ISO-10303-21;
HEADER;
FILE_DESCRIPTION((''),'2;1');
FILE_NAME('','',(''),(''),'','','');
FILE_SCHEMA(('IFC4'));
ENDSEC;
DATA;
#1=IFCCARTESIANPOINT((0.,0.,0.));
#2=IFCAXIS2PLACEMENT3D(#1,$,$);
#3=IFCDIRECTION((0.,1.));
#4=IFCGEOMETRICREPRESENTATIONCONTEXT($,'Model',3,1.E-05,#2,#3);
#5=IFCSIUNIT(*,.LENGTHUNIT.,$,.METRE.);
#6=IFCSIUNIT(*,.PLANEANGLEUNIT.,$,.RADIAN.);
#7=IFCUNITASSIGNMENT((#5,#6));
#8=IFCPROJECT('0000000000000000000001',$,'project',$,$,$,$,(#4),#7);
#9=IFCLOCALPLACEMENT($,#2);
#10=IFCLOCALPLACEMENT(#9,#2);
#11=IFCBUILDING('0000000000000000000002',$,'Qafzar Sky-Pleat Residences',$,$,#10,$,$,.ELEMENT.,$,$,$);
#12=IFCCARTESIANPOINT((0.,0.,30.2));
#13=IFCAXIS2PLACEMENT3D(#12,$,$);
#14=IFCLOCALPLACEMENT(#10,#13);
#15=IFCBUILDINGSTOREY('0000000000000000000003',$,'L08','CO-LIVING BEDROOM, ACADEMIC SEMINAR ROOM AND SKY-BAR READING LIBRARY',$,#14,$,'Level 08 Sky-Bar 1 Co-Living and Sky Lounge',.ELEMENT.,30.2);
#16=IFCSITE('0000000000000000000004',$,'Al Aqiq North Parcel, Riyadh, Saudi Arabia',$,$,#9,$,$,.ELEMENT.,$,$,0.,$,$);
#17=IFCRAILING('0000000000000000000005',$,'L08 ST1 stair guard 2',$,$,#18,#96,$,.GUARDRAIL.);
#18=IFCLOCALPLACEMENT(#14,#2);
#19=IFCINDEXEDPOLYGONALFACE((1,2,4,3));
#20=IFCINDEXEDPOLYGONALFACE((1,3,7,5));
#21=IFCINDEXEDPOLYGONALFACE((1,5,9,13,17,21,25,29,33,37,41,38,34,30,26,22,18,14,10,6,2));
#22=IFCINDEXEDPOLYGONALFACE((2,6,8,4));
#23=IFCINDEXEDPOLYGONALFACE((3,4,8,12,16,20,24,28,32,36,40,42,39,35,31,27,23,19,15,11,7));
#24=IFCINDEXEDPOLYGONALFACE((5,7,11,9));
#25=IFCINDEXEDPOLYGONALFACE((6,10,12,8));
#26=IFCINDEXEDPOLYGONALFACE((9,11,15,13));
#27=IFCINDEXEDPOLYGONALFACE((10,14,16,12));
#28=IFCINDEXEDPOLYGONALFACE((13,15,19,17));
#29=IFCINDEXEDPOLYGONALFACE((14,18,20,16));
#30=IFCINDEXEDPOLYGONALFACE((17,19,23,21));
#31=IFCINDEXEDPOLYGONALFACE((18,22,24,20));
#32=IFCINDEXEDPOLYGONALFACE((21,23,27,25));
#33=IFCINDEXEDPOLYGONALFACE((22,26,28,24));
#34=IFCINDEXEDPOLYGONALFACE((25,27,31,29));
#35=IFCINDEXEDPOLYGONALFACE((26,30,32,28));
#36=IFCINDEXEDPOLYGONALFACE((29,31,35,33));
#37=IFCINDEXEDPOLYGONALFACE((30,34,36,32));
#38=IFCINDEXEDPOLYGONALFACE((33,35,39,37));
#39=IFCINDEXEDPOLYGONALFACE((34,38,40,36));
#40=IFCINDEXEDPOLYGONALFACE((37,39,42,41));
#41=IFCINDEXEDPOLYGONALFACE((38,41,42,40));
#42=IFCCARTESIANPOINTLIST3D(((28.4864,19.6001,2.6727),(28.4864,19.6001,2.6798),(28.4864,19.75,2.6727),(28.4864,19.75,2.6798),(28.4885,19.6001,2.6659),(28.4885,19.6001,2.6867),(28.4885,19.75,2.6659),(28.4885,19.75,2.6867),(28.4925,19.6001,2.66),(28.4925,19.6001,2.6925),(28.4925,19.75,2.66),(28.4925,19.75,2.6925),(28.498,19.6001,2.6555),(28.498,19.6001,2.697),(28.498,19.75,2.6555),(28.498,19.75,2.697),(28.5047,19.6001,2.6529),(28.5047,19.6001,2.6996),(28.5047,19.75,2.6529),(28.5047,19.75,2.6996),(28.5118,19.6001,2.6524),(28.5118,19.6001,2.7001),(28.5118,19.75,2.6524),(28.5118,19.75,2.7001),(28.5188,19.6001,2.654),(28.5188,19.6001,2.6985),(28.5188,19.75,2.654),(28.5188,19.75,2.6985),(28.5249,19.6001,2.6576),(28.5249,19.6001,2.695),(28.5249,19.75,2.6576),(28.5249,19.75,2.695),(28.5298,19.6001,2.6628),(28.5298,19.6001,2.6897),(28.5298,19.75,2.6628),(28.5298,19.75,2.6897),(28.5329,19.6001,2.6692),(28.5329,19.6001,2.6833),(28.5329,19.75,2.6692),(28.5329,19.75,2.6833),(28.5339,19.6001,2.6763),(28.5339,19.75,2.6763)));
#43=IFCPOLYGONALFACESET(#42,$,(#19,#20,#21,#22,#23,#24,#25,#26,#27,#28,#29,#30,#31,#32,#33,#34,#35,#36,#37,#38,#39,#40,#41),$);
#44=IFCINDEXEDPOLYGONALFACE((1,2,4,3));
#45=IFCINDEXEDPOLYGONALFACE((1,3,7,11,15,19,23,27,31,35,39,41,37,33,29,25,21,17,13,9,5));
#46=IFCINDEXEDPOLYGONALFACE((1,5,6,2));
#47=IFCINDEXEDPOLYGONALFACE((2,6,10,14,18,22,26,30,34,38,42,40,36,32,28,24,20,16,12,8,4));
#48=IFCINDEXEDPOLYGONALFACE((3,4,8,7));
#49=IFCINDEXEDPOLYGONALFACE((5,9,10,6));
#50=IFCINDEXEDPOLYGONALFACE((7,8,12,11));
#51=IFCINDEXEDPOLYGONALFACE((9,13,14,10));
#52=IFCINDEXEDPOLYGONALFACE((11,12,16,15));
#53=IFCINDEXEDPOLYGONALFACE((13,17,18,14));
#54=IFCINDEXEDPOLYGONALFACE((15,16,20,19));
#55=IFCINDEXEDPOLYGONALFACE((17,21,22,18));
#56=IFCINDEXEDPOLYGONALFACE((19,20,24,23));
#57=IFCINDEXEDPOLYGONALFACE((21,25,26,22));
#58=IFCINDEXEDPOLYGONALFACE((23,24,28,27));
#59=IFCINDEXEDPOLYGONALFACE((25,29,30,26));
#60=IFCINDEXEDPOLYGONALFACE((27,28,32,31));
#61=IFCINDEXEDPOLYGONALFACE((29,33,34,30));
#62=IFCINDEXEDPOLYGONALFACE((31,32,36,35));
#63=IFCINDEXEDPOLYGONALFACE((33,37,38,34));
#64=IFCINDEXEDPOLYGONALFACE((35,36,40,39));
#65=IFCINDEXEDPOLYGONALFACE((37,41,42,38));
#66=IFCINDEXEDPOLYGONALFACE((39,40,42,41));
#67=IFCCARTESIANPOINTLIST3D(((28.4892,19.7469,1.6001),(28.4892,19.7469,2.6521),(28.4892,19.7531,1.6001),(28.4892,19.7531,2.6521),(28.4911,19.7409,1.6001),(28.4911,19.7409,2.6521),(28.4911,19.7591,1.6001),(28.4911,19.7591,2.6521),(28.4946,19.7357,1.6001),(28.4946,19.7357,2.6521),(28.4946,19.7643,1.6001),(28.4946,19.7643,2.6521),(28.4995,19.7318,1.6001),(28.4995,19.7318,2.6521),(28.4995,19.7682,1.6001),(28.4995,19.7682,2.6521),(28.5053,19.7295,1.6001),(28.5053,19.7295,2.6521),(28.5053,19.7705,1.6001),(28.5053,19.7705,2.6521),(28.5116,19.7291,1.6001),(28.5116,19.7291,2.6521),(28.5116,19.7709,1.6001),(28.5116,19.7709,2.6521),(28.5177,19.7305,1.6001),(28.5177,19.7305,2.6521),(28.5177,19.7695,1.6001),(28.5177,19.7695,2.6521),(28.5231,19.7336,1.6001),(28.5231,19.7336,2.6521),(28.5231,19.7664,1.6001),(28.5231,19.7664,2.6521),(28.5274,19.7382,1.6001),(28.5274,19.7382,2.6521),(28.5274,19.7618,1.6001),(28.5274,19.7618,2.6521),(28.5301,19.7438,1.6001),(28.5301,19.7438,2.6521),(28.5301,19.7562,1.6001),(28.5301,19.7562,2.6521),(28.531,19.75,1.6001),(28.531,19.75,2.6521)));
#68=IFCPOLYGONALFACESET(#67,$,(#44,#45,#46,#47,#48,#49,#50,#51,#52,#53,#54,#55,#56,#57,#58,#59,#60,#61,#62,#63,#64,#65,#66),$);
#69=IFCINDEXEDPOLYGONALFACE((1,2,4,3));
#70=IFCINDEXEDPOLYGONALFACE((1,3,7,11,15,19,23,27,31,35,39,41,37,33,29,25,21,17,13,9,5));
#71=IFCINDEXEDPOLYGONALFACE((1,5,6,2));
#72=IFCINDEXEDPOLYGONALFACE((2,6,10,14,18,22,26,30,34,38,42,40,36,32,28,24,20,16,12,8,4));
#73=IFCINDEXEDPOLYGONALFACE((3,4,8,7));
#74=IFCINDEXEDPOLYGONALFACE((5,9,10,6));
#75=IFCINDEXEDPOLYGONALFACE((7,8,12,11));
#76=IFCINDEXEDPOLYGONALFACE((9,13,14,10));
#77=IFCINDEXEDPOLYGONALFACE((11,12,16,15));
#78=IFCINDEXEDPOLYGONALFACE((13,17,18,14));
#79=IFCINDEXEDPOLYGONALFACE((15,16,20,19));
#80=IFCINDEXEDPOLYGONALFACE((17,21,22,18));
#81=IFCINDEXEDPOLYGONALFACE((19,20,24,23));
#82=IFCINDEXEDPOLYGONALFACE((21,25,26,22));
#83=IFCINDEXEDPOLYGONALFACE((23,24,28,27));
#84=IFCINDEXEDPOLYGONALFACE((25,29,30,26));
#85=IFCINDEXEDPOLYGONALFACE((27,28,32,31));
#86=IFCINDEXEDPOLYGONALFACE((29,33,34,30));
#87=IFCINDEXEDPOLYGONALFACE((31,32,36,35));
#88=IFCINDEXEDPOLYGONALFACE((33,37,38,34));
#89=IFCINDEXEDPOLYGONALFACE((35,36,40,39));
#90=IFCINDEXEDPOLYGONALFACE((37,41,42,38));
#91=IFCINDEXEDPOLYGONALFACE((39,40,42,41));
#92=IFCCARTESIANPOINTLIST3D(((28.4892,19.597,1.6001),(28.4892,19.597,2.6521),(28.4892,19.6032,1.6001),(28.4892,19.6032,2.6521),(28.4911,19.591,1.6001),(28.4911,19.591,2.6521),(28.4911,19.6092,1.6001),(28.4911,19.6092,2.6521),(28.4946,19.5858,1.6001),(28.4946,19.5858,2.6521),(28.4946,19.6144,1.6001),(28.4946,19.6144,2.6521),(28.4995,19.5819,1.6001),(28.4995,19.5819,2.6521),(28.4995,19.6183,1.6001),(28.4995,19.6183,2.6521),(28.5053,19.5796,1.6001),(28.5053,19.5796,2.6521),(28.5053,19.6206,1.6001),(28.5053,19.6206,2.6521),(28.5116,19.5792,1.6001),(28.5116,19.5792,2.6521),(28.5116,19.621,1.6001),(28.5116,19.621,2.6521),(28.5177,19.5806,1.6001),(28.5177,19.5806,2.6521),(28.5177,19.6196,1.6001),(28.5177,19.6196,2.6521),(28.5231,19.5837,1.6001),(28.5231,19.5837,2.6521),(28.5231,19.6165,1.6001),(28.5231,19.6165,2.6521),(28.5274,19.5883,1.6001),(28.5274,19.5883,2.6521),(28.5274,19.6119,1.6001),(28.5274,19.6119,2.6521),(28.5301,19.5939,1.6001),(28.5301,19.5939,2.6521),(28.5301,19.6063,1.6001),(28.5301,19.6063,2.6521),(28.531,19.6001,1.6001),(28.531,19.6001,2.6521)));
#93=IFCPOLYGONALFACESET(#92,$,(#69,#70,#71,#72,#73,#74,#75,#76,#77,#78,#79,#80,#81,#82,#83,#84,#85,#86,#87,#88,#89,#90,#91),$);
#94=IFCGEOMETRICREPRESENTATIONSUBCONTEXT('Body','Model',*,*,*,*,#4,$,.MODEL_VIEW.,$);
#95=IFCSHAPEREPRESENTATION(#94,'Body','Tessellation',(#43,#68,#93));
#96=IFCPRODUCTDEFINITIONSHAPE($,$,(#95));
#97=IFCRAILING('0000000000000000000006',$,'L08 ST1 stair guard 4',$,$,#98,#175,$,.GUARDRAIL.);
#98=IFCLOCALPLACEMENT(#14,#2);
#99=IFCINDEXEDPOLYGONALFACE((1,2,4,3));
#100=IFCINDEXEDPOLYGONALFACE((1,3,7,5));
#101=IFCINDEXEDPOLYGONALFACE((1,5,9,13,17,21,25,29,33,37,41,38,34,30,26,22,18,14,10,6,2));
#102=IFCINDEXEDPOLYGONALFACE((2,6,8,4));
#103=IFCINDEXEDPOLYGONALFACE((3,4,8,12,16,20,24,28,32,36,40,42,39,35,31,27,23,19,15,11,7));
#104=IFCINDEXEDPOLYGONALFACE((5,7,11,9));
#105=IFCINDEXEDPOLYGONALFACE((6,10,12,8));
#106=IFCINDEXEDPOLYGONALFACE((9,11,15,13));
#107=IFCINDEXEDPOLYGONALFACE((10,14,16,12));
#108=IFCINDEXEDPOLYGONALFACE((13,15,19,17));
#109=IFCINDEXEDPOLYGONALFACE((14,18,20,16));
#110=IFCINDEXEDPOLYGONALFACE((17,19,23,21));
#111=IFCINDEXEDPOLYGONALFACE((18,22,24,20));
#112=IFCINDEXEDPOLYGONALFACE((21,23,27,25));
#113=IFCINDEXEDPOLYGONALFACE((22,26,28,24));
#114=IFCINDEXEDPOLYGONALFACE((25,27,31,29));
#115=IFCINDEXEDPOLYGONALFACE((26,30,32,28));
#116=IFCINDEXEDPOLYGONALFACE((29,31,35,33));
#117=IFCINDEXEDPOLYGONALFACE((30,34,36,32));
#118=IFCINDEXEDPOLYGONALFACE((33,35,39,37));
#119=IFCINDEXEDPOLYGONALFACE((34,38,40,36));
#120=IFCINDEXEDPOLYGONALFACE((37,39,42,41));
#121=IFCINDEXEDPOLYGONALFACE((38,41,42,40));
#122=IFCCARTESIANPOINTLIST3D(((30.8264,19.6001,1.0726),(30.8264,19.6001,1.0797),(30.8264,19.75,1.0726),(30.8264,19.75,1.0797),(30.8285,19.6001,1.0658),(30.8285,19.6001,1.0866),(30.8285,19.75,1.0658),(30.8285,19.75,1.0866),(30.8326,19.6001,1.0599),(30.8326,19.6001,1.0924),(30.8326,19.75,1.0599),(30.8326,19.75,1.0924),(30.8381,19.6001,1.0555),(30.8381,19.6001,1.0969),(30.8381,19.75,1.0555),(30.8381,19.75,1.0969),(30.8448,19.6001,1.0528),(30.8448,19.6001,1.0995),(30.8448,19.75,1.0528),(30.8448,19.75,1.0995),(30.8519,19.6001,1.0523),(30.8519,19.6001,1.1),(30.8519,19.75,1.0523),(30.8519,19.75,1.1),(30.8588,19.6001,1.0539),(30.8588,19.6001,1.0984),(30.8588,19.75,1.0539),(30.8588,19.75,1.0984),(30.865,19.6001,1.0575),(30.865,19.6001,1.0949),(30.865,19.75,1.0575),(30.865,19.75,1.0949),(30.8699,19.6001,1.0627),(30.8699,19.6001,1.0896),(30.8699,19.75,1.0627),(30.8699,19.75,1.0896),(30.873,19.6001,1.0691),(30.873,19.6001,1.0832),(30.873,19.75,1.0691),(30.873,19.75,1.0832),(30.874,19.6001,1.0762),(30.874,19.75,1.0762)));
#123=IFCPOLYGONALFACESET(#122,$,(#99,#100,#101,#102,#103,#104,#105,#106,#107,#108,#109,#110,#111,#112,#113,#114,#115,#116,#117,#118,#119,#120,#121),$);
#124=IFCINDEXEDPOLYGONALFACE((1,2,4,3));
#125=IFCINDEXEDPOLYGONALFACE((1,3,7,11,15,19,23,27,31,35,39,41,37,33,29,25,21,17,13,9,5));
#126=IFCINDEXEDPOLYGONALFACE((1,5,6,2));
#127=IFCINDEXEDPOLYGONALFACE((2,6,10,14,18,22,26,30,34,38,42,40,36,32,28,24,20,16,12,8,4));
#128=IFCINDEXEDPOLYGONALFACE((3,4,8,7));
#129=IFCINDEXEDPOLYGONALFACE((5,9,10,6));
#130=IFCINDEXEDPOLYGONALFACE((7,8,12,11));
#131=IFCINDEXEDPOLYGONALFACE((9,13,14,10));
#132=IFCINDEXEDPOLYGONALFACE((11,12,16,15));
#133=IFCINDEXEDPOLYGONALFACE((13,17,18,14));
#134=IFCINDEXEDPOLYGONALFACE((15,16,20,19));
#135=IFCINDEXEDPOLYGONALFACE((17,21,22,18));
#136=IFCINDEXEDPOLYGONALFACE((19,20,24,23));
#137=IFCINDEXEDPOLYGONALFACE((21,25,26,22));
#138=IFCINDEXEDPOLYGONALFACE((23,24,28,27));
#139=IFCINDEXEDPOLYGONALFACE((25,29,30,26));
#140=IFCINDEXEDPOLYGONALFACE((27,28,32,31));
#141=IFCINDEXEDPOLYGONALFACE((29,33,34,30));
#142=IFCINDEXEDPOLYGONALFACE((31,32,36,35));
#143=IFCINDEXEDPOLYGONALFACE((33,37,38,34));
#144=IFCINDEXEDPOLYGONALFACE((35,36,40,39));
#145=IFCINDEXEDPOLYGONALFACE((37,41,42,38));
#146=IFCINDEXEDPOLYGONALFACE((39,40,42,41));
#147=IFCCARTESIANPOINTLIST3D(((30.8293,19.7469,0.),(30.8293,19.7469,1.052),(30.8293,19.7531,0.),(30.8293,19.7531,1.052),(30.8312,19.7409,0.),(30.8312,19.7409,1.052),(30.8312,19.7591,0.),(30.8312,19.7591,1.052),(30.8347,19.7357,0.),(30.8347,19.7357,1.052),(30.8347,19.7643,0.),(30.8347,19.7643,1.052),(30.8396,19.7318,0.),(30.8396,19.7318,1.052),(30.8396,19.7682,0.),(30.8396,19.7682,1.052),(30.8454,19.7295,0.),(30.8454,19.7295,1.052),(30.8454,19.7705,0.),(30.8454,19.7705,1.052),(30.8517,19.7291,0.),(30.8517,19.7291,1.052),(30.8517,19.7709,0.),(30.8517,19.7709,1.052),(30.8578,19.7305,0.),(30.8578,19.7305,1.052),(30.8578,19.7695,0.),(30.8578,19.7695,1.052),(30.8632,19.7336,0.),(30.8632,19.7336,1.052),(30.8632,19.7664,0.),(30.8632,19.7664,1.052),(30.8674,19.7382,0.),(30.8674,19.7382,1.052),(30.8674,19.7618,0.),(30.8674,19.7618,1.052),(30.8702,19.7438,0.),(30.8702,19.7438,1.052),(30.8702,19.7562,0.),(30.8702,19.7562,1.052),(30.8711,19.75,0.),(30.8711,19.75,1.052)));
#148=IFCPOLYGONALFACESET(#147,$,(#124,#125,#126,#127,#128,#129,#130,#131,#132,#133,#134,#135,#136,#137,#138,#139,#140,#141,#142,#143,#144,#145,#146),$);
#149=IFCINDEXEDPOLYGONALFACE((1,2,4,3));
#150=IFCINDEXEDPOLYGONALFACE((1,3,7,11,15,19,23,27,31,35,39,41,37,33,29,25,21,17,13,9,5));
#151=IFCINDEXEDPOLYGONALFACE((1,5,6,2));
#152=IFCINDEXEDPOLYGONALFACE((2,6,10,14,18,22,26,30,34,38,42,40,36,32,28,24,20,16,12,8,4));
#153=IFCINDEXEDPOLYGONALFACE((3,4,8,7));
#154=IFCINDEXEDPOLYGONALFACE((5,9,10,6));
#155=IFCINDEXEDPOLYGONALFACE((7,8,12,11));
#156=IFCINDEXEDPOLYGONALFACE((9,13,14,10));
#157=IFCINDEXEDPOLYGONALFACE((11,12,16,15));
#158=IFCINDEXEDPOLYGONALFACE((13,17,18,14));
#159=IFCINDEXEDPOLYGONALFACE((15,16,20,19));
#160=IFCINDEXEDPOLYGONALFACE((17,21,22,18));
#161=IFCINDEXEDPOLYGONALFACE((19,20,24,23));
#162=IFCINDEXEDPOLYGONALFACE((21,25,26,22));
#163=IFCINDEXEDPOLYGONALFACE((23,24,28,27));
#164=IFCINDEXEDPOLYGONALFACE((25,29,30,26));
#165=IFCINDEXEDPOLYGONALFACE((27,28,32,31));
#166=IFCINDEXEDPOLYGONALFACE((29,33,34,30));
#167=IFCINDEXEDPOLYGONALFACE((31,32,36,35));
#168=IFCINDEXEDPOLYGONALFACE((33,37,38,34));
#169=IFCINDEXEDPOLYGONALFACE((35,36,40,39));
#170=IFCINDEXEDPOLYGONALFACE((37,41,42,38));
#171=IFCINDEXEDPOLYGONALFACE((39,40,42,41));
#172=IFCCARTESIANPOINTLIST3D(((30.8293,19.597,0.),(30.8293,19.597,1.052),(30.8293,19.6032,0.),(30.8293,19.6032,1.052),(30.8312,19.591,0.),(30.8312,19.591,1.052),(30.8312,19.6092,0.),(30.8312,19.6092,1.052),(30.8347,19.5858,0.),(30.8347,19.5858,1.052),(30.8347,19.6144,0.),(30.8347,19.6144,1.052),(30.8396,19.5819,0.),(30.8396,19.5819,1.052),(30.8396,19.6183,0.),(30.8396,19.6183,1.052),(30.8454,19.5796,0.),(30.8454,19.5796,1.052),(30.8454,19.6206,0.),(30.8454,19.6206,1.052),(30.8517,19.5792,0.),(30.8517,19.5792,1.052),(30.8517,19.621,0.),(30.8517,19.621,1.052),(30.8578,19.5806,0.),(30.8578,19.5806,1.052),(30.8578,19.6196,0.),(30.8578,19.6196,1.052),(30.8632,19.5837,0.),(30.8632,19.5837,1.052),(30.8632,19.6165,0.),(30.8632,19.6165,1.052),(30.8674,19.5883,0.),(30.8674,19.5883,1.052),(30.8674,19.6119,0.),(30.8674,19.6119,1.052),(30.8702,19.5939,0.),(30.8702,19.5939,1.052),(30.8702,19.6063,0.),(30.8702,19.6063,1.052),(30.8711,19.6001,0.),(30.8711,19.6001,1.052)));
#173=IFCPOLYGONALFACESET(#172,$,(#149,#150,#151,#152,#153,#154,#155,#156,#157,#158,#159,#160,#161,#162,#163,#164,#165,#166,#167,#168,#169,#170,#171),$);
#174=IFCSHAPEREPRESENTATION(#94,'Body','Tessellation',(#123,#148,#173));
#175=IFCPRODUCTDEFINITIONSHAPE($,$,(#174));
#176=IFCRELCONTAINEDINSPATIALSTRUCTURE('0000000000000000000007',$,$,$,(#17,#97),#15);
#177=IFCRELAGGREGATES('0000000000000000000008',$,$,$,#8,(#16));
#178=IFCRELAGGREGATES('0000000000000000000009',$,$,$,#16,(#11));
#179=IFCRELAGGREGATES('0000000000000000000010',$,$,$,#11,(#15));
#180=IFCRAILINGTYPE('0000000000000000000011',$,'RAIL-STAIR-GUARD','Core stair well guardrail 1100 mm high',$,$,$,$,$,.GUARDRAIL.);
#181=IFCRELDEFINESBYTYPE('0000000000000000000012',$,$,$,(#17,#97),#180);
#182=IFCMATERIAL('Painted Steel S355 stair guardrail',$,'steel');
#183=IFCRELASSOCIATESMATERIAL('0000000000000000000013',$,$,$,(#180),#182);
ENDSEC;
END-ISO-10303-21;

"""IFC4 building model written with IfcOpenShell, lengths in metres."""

from ifc_helpers import new_model, si_unit, direction, frame, origin, origin_2d, place, context, subcontext, project, spatial, circle, extrude, source, transform, mapped, material, type_object, element, save


model = new_model("IFC4")

# Units and contexts
model_context = context("Model", 3, precision=1e-05, world=origin(), true_north=direction((0.0, 1.0)))
body_context = subcontext(model_context, "Body", "Model", "MODEL_VIEW")
ifc_project = project(units=[si_unit("LENGTHUNIT", "METRE"), si_unit("PLANEANGLEUNIT", "RADIAN")], contexts=[model_context])

# Site, building, storey
site_placement = place(None, origin())
site = spatial("IfcSite", under=ifc_project, at=site_placement, Name="Al Aqiq North Parcel, Riyadh, Saudi Arabia", CompositionType="ELEMENT", RefElevation=0.0)
building_placement = place(site_placement, origin())
building = spatial("IfcBuilding", under=site, at=building_placement, Name="Qafzar Sky-Pleat Residences", CompositionType="ELEMENT")
storey_placement = place(building_placement, frame((0.0, 0.0, 30.2)))
storey = spatial("IfcBuildingStorey", under=building, at=storey_placement, Name="L08", Description="CO-LIVING BEDROOM, ACADEMIC SEMINAR ROOM AND SKY-BAR READING LIBRARY", LongName="Level 08 Sky-Bar 1 Co-Living and Sky Lounge", CompositionType="ELEMENT", Elevation=30.2)

# Railings
ifc_material_1 = material(Name="Painted Steel S355 stair guardrail", Category="steel")
railing_type_1 = type_object("IfcRailingType", Name="RAIL-STAIR-GUARD", Description="Core stair well guardrail 1100 mm high", PredefinedType="GUARDRAIL", material=ifc_material_1)
shared_shape_1 = source(origin(), body_context, "Body", "SweptSolid", [
    extrude(circle(Radius=0.0239, at=origin_2d()), frame((0.0, 0.0, 1.0762), z_axis=(0.0, -1.0, 0.0), x_axis=(1.0, 0.0, 0.0)), (0.0, 0.0, 1.0), 0.1499),
    extrude(circle(Radius=0.021, at=origin_2d()), origin(), (0.0, 0.0, 1.0), 1.052),
    extrude(circle(Radius=0.021, at=origin_2d()), frame((0.0, -0.1499, 0.0)), (0.0, 0.0, 1.0), 1.052),
])
for number, where, name in (
    (1, (28.51, 19.75, 1.6001), "L08 ST1 stair guard 2"),
    (2, (30.8501, 19.75, 0.0), "L08 ST1 stair guard 4"),
):
    element("IfcRailing", number, at=place(storey_placement, frame(where)), inside=storey, type_object=railing_type_1, Name=name, PredefinedType="GUARDRAIL", context=body_context, shape_type="MappedRepresentation", body=[
        mapped(shared_shape_1, transform((0.0, 0.0, 0.0), x_axis=(1.0, 0.0, 0.0), y_axis=(0.0, 1.0, 0.0), z_axis=(0.0, 0.0, 1.0), scale=1.0)),
    ])

save(model, "model.ifc")
